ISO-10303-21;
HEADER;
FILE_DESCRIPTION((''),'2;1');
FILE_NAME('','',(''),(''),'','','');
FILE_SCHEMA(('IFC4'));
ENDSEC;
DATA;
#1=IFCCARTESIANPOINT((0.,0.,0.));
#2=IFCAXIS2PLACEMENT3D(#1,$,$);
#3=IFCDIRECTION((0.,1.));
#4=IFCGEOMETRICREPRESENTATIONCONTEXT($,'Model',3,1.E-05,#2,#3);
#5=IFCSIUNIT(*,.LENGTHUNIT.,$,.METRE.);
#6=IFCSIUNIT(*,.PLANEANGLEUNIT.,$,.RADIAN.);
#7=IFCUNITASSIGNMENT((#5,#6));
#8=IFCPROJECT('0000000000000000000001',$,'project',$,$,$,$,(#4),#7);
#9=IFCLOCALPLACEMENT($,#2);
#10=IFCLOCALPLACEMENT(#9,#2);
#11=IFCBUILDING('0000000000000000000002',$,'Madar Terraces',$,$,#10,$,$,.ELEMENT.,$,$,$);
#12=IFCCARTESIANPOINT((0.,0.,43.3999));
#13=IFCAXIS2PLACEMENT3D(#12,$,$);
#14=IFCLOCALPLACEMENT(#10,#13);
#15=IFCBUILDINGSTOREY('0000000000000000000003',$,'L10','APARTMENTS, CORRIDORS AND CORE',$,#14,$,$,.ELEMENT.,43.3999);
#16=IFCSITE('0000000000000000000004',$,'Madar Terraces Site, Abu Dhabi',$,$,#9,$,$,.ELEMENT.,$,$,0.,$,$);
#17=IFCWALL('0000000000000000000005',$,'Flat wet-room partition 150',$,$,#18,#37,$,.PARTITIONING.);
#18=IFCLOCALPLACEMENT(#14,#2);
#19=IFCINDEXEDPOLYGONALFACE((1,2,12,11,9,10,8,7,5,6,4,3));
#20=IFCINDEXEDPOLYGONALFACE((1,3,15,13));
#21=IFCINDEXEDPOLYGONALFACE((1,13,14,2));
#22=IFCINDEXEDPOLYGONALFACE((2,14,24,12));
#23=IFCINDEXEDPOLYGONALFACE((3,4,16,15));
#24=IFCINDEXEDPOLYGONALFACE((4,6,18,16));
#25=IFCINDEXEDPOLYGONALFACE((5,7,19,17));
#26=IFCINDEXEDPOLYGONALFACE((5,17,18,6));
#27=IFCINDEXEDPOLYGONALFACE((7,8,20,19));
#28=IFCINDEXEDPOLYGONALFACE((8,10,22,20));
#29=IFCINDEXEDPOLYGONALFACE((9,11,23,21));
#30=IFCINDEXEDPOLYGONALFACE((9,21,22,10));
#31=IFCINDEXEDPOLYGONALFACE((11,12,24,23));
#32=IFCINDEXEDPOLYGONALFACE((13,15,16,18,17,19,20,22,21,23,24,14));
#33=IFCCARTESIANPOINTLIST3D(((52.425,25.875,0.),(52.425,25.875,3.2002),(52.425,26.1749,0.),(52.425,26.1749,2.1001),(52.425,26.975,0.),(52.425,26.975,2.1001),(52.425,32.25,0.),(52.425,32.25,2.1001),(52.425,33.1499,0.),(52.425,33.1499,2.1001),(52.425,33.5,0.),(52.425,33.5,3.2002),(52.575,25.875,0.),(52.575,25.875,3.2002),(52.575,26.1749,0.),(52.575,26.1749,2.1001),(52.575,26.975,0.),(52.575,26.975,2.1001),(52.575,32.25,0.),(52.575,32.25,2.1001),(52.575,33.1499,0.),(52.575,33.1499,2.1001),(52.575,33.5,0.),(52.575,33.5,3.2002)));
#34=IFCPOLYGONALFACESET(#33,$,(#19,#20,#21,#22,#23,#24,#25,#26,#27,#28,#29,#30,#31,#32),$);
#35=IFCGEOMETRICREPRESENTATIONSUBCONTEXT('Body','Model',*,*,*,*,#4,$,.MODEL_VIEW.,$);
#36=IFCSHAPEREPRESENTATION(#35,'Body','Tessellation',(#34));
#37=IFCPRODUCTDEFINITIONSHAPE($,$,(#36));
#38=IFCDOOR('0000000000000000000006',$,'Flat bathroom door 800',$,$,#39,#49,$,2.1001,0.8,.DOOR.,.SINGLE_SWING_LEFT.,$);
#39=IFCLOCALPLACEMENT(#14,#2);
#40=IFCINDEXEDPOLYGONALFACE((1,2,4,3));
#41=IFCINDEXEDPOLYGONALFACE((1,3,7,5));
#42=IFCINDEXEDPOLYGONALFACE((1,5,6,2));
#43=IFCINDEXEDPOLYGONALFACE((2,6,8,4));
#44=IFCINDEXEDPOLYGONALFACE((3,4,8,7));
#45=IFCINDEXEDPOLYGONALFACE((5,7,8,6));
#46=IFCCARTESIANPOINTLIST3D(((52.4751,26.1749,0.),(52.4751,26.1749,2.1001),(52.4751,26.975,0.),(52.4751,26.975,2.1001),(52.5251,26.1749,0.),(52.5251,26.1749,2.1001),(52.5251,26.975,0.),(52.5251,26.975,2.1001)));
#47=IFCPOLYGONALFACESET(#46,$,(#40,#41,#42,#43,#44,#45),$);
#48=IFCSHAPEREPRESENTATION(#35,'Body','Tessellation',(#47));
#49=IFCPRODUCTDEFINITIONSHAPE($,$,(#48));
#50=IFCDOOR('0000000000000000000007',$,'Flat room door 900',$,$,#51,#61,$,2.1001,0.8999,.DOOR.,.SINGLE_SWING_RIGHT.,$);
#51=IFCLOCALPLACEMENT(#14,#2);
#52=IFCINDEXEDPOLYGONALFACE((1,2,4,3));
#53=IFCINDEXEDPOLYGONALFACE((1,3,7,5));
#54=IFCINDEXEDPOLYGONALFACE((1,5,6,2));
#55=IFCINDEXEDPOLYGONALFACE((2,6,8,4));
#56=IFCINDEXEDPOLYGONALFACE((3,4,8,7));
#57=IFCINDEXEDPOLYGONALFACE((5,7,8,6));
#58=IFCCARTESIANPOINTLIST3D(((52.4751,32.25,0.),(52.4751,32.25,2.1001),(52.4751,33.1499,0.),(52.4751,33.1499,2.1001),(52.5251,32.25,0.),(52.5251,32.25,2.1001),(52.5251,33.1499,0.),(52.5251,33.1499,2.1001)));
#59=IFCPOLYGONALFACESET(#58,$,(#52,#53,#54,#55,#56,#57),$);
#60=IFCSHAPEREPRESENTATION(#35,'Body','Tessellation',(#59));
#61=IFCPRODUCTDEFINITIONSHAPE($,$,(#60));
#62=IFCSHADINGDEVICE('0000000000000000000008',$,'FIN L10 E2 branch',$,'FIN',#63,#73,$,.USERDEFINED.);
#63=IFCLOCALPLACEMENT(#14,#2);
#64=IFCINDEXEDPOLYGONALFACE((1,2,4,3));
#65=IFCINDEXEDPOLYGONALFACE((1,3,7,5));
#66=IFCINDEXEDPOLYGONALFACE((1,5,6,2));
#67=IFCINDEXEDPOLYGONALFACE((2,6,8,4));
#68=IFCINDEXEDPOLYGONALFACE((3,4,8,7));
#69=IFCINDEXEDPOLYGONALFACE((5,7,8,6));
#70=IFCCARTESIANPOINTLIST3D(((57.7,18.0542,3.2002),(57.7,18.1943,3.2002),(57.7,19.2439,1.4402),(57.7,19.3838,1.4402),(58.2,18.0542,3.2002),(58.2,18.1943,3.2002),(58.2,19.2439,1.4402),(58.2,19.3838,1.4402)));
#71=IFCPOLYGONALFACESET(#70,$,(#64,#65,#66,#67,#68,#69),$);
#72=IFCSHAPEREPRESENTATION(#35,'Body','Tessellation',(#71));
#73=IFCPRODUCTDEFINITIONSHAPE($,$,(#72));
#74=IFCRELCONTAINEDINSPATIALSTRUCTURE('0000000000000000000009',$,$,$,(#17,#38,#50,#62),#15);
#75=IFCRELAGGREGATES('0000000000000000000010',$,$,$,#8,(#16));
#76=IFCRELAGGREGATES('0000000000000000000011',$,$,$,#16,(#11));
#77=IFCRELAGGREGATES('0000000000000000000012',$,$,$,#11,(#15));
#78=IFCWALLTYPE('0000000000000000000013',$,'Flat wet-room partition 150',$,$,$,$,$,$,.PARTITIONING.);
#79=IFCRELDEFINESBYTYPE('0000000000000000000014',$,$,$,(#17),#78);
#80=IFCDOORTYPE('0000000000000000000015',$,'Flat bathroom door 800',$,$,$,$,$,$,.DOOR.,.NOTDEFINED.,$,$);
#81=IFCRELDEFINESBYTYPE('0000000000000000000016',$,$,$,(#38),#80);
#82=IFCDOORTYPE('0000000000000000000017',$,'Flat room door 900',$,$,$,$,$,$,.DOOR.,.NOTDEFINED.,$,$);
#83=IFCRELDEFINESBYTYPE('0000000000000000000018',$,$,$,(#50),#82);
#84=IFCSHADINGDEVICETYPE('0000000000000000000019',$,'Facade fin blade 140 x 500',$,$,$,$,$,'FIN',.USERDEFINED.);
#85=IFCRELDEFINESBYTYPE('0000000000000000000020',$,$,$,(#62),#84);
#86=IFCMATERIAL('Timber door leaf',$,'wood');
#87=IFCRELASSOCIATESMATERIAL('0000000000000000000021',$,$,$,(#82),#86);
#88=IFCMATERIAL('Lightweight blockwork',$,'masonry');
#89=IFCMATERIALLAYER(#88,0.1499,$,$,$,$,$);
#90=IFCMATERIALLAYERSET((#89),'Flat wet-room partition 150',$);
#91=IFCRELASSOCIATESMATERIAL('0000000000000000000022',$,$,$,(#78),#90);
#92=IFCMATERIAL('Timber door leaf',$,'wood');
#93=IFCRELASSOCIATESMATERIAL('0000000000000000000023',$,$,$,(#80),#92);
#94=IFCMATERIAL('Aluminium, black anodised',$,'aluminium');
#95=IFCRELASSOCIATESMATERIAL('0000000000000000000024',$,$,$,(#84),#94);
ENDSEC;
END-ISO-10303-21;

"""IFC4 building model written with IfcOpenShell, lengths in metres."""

from ifc_helpers import new_model, si_unit, direction, frame, frame_2d, origin, place, context, subcontext, project, spatial, polyline, rectangle, outline, extrude, material, layer, layer_set, type_object, element, fill, save


model = new_model("IFC4")

# Units and contexts
model_context = context("Model", 3, precision=1e-05, world=origin(), true_north=direction((0.0, 1.0)))
body_context = subcontext(model_context, "Body", "Model", "MODEL_VIEW")
ifc_project = project(units=[si_unit("LENGTHUNIT", "METRE"), si_unit("PLANEANGLEUNIT", "RADIAN")], contexts=[model_context])

# Site, building, storey
site_placement = place(None, origin())
site = spatial("IfcSite", under=ifc_project, at=site_placement, Name="Madar Terraces Site, Abu Dhabi", CompositionType="ELEMENT", RefElevation=0.0)
building_placement = place(site_placement, origin())
building = spatial("IfcBuilding", under=site, at=building_placement, Name="Madar Terraces", CompositionType="ELEMENT")
storey_placement = place(building_placement, frame((0.0, 0.0, 43.3999)))
storey = spatial("IfcBuildingStorey", under=building, at=storey_placement, Name="L10", Description="APARTMENTS, CORRIDORS AND CORE", CompositionType="ELEMENT", Elevation=43.3999)

# Shared definitions
ifc_material_1 = material(Name="Timber door leaf", Category="wood")
door_type_1 = type_object("IfcDoorType", Name="Flat room door 900", OperationType="NOTDEFINED", PredefinedType="DOOR", material=ifc_material_1)

# Shared definitions
ifc_material_2 = material(Name="Lightweight blockwork", Category="masonry")
ifc_layer_1 = layer(ifc_material_2, 0.1499)
ifc_layer_set_1 = layer_set([ifc_layer_1], Name="Flat wet-room partition 150")
wall_type_1 = type_object("IfcWallType", Name="Flat wet-room partition 150", PredefinedType="PARTITIONING", material=ifc_layer_set_1)

# Wall, openings, doors
wall_1_placement = place(storey_placement, frame((52.5, 25.875, 0.0), z_axis=(0.0, 0.0, 1.0), x_axis=(0.0, 1.0, 0.0)))
wall_1 = element("IfcWall", 1, at=wall_1_placement, inside=storey, type_object=wall_type_1, Name="Flat wet-room partition 150", PredefinedType="PARTITIONING", context=body_context, shape_type="SweptSolid", body=[
    extrude(rectangle(XDim=7.625, YDim=0.1499, at=frame_2d((3.8125, 0.0))), origin(), (0.0, 0.0, 1.0), 3.2002),
])
opening_1_placement = place(wall_1_placement, frame((0.3, 0.0, 0.0)))
opening_1 = element("IfcOpeningElement", 2, at=opening_1_placement, cuts=wall_1, PredefinedType="OPENING", context=body_context, shape_type="SweptSolid", body=[
    extrude(rectangle(XDim=0.8, YDim=2.1001, at=frame_2d((0.3999, 1.05))), frame((0.0, 0.085, 0.0), z_axis=(0.0, -1.0, 0.0), x_axis=(1.0, 0.0, 0.0)), (0.0, 0.0, 1.0), 0.1699),
])
opening_2_placement = place(wall_1_placement, frame((6.375, 0.0, 0.0)))
opening_2 = element("IfcOpeningElement", 3, at=opening_2_placement, cuts=wall_1, PredefinedType="OPENING", context=body_context, shape_type="SweptSolid", body=[
    extrude(rectangle(XDim=0.8999, YDim=2.1001, at=frame_2d((0.45, 1.05))), frame((0.0, 0.085, 0.0), z_axis=(0.0, -1.0, 0.0), x_axis=(1.0, 0.0, 0.0)), (0.0, 0.0, 1.0), 0.1699),
])
ifc_material_3 = material(Name="Timber door leaf", Category="wood")
door_type_2 = type_object("IfcDoorType", Name="Flat bathroom door 800", OperationType="NOTDEFINED", PredefinedType="DOOR", material=ifc_material_3)
door_1_placement = place(opening_1_placement, origin())
door_1 = element("IfcDoor", 4, at=door_1_placement, inside=storey, type_object=door_type_2, Name="Flat bathroom door 800", OperationType="SINGLE_SWING_LEFT", OverallHeight=2.1001, OverallWidth=0.8, PredefinedType="DOOR", context=body_context, shape_type="SweptSolid", body=[
    extrude(rectangle(XDim=0.8, YDim=2.1001, at=frame_2d((0.3999, 1.05))), frame((0.0, 0.0249, 0.0), z_axis=(0.0, -1.0, 0.0), x_axis=(1.0, 0.0, 0.0)), (0.0, 0.0, 1.0), 0.05),
])
fill(opening_1, door_1)
door_2_placement = place(opening_2_placement, origin())
door_2 = element("IfcDoor", 5, at=door_2_placement, inside=storey, type_object=door_type_1, Name="Flat room door 900", OperationType="SINGLE_SWING_RIGHT", OverallHeight=2.1001, OverallWidth=0.8999, PredefinedType="DOOR", context=body_context, shape_type="SweptSolid", body=[
    extrude(rectangle(XDim=0.8999, YDim=2.1001, at=frame_2d((0.45, 1.05))), frame((0.0, 0.0249, 0.0), z_axis=(0.0, -1.0, 0.0), x_axis=(1.0, 0.0, 0.0)), (0.0, 0.0, 1.0), 0.05),
])
fill(opening_2, door_2)

# Shading device
ifc_material_4 = material(Name="Aluminium, black anodised", Category="aluminium")
shading_device_type = type_object("IfcShadingDeviceType", Name="Facade fin blade 140 x 500", ElementType="FIN", PredefinedType="USERDEFINED", material=ifc_material_4)
shading_device_placement = place(storey_placement, frame((57.95, 19.2439, 1.4402), z_axis=(0.0, 0.0, 1.0), x_axis=(0.0, 1.0, 0.0)))
element("IfcShadingDevice", 6, at=shading_device_placement, inside=storey, type_object=shading_device_type, Name="FIN L10 E2 branch", ObjectType="FIN", PredefinedType="USERDEFINED", context=body_context, shape_type="SweptSolid", body=[
    extrude(outline(polyline([(0.0, 0.0), (0.1399, 0.0), (-1.0496, 1.76), (-1.1897, 1.76), (0.0, 0.0)])), frame((0.0, 0.25, 0.0), z_axis=(0.0, -1.0, 0.0), x_axis=(1.0, 0.0, 0.0)), (0.0, 0.0, 1.0), 0.5),
])

save(model, "model.ifc")
